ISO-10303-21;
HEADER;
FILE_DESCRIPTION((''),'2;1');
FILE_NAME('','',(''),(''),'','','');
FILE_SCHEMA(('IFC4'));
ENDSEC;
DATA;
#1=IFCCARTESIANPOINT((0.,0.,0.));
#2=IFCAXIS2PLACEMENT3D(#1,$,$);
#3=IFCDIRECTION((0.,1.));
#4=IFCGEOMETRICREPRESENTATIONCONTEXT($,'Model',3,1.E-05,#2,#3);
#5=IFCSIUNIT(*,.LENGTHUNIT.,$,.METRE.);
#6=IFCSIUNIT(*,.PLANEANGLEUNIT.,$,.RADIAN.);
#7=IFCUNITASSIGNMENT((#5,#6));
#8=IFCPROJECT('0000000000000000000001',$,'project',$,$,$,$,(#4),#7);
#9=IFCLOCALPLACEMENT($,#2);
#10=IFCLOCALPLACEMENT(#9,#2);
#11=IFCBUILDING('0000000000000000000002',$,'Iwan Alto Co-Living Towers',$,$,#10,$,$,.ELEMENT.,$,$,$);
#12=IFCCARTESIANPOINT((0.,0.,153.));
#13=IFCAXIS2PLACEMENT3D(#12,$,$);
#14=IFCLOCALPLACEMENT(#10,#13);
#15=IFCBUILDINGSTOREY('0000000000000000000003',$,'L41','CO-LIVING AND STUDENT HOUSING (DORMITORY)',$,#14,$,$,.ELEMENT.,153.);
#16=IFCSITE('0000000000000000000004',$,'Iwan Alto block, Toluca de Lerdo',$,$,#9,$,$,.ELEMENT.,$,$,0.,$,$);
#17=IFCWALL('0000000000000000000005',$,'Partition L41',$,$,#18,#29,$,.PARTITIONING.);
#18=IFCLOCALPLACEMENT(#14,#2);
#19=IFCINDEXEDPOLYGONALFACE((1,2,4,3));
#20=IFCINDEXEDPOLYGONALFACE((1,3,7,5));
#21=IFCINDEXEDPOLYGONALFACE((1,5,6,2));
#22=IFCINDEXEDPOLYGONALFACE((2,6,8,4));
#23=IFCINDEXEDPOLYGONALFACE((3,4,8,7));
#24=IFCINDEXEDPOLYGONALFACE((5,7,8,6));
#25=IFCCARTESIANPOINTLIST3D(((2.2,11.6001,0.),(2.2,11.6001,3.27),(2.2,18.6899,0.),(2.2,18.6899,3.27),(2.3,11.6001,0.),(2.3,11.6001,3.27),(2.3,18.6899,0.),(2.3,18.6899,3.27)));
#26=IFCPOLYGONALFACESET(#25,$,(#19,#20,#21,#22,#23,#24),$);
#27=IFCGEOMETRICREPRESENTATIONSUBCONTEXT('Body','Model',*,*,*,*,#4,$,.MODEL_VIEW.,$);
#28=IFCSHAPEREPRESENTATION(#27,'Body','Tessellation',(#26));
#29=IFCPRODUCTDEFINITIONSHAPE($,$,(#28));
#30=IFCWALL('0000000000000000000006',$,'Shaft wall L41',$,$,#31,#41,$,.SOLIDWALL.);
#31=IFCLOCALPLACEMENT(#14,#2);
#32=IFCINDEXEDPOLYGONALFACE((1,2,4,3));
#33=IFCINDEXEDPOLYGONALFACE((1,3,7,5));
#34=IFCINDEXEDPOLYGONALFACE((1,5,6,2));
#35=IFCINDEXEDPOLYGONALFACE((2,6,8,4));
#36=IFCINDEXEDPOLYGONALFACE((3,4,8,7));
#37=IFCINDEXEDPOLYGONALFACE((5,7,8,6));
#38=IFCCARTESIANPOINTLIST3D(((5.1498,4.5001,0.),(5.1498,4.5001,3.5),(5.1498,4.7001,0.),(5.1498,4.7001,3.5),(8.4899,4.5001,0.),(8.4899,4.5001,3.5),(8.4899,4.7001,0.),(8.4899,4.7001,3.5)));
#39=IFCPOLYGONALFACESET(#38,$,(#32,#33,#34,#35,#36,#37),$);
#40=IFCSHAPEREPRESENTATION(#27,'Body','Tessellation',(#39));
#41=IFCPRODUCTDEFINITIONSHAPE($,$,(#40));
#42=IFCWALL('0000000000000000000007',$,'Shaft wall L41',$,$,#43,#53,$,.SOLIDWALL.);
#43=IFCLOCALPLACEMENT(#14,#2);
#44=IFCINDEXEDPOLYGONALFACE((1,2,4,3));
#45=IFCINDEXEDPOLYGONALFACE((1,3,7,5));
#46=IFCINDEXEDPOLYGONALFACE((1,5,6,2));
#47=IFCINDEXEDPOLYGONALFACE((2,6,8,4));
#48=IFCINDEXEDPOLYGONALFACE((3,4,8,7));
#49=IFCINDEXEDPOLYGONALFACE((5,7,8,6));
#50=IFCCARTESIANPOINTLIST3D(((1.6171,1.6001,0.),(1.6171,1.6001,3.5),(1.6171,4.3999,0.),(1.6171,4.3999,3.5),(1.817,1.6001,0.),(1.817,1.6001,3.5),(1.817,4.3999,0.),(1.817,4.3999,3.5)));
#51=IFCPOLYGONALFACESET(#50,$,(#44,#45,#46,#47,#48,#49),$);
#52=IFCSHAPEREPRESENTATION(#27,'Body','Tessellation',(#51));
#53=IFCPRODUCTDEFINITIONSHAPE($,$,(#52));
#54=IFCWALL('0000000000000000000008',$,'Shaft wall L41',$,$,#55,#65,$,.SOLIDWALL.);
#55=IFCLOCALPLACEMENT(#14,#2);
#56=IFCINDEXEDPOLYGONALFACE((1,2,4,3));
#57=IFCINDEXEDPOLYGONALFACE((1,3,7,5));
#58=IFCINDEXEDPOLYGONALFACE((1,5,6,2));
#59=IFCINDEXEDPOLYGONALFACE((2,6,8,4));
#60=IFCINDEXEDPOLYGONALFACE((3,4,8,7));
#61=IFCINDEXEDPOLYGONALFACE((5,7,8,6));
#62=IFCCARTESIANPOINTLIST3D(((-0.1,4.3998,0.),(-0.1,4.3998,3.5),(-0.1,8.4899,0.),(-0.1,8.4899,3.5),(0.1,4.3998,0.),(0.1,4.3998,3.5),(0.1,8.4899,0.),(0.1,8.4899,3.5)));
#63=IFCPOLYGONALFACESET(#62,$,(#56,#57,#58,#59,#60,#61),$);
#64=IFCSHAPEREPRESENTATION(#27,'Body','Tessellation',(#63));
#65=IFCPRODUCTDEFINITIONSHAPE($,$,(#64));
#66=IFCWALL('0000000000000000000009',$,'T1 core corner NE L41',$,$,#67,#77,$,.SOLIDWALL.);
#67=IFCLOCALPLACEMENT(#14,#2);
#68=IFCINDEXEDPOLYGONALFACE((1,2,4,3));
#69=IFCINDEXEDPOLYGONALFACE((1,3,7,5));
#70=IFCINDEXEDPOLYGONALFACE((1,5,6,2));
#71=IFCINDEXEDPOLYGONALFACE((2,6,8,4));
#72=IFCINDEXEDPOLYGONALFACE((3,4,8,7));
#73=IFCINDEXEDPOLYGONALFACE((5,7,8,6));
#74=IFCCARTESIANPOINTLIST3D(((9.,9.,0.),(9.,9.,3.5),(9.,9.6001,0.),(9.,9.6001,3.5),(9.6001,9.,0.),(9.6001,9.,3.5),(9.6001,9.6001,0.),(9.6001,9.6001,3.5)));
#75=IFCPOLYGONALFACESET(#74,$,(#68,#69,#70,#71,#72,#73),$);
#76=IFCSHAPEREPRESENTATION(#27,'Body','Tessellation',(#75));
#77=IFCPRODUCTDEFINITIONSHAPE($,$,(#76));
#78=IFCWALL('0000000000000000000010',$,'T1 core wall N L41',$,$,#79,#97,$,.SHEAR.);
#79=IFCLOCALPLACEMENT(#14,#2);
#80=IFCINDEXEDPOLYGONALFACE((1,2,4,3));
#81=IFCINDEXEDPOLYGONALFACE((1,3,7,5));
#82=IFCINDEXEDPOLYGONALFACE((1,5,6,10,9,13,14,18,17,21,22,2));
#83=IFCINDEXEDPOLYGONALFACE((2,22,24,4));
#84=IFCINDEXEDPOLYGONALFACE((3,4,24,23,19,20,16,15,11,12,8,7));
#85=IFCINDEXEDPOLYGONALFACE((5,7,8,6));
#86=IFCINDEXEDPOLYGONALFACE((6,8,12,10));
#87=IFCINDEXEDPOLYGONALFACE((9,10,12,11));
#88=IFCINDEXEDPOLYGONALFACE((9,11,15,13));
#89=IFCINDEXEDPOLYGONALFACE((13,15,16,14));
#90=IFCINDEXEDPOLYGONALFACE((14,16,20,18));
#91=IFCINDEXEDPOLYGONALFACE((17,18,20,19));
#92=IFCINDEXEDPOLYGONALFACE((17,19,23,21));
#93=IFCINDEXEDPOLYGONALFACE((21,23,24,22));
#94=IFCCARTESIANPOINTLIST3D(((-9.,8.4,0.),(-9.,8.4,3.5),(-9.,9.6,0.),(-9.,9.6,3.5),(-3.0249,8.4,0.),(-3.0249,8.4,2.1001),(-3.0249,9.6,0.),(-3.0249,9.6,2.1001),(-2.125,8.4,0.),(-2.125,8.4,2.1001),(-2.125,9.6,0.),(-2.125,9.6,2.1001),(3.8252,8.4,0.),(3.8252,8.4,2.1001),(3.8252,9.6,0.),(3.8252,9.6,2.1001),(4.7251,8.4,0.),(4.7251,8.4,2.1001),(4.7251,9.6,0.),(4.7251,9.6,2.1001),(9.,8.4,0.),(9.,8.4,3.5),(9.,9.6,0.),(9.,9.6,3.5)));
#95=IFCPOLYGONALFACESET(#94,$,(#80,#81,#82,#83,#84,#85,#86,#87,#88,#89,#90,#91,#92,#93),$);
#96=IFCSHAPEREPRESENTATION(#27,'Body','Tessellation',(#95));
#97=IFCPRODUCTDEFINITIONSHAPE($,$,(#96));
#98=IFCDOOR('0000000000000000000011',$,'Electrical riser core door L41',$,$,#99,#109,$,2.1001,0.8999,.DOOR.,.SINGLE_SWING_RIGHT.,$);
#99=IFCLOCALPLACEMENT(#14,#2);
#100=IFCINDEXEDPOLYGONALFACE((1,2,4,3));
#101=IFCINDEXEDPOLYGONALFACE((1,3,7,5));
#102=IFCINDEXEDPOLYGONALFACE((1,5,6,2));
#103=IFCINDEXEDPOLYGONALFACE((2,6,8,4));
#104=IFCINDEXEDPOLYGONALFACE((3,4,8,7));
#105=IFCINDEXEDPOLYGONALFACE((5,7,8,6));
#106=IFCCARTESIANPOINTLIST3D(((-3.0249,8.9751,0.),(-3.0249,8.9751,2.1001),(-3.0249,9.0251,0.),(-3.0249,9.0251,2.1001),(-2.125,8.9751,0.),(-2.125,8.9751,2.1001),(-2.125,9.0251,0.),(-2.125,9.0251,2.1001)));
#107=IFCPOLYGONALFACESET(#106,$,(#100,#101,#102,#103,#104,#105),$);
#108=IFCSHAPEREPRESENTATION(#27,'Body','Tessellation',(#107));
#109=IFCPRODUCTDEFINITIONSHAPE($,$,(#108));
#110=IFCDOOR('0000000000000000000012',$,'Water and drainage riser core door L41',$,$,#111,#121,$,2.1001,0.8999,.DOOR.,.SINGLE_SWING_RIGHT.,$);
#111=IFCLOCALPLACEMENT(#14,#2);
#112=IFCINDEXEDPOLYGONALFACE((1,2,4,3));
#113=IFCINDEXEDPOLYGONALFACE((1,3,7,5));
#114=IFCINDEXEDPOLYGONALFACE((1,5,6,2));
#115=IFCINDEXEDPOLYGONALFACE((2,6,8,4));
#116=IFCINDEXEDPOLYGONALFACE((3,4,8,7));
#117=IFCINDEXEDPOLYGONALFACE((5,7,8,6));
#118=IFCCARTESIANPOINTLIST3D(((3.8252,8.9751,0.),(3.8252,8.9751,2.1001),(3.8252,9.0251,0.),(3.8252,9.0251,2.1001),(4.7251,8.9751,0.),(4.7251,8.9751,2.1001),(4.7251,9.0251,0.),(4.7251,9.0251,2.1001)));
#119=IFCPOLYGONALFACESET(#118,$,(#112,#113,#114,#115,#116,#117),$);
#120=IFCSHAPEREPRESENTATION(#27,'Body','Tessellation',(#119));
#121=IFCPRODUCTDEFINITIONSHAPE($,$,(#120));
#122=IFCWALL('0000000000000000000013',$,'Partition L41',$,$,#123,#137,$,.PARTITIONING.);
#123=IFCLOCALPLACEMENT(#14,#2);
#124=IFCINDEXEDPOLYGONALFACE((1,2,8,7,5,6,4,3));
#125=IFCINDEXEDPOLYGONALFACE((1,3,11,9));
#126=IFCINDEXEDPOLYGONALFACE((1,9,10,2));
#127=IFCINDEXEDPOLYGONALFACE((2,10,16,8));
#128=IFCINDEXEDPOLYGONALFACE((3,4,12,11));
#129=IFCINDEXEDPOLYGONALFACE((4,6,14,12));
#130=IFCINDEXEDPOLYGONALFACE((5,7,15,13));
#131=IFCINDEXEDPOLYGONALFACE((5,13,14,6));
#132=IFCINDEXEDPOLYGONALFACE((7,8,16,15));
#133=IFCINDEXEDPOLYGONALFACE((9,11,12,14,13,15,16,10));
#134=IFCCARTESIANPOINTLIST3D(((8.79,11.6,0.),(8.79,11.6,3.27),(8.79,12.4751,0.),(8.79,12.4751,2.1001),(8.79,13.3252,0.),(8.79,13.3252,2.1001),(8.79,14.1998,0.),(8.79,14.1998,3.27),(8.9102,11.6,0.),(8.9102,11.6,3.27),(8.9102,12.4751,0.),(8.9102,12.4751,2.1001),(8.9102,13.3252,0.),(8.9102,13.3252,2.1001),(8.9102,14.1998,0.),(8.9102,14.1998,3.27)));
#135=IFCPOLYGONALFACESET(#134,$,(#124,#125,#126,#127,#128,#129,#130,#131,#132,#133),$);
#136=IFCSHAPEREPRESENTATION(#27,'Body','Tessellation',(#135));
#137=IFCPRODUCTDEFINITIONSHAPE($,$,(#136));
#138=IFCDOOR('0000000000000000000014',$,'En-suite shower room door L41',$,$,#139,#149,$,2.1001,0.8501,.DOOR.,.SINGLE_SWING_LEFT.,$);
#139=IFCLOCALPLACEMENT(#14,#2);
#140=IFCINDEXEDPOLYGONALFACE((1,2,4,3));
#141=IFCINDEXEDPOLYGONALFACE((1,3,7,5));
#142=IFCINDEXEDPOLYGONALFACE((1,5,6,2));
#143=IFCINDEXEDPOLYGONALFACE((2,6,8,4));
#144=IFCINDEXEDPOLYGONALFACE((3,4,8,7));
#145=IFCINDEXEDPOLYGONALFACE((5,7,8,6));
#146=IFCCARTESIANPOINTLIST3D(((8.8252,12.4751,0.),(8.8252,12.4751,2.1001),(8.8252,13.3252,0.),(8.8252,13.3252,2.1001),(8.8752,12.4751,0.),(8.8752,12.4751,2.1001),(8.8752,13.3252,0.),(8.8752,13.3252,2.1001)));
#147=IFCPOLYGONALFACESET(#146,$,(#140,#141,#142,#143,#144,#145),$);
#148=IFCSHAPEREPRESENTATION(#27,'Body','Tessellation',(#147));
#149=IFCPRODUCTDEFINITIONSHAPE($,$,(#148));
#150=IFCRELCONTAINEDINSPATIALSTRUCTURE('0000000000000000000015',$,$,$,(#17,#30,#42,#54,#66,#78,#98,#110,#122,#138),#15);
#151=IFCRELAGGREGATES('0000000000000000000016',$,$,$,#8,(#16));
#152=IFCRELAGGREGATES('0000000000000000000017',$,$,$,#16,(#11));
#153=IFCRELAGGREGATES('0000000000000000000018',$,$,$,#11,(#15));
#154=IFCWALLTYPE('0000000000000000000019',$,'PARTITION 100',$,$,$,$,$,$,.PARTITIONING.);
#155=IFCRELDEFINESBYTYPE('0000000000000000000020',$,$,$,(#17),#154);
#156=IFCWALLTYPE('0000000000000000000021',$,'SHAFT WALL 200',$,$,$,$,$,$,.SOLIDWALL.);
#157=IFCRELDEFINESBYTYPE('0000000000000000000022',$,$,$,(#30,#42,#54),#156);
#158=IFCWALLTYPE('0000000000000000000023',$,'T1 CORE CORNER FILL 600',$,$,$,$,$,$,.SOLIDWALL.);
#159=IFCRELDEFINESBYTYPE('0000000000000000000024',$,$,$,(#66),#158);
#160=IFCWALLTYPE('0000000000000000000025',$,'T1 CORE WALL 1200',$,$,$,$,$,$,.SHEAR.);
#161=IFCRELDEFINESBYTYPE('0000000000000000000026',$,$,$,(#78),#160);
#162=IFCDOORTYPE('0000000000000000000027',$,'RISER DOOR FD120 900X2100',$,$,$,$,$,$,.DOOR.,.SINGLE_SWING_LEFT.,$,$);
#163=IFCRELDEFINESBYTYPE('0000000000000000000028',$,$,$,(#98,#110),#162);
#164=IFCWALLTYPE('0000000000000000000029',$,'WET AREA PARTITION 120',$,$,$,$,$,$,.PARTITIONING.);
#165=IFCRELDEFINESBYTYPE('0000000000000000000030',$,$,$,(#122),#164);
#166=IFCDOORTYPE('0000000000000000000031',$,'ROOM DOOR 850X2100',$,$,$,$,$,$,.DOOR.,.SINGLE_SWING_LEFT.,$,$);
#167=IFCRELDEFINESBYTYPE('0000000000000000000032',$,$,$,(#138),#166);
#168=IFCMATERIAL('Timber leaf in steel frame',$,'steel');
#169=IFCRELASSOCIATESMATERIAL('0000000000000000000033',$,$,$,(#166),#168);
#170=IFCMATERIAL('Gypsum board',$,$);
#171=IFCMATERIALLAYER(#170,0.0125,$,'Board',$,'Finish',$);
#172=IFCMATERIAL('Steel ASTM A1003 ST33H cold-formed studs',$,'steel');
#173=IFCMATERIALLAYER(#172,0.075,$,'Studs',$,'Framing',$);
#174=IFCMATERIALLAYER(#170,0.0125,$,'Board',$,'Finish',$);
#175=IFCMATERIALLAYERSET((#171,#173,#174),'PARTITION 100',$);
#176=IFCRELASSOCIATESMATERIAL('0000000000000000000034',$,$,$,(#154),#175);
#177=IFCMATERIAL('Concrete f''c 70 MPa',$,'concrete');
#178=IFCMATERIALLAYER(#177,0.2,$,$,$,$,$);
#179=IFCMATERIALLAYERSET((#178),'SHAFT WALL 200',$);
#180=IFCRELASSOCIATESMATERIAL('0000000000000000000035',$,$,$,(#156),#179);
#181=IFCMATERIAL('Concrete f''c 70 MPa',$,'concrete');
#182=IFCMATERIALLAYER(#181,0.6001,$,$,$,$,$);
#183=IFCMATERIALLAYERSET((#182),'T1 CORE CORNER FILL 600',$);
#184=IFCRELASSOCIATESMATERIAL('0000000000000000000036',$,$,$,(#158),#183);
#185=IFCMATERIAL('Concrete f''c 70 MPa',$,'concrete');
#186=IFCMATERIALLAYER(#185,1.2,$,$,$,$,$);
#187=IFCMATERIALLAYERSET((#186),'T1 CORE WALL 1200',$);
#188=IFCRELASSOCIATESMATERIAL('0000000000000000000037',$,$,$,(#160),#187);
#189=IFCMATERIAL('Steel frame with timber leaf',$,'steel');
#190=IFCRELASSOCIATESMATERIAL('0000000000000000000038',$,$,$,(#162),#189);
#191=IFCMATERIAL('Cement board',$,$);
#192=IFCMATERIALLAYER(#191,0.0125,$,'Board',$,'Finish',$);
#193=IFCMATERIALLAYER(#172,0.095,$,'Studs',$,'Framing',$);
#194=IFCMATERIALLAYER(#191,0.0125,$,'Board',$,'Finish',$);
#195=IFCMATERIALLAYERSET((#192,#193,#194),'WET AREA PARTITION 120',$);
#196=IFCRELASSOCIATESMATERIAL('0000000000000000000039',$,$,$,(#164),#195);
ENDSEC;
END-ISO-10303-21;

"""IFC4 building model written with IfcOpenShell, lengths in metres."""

from ifc_helpers import new_model, si_unit, direction, frame, frame_2d, origin, place, context, subcontext, project, spatial, rectangle, extrude, material, layer, layer_set, type_object, element, fill, save


model = new_model("IFC4")

# Units and contexts
model_context = context("Model", 3, precision=1e-05, world=origin(), true_north=direction((0.0, 1.0)))
body_context = subcontext(model_context, "Body", "Model", "MODEL_VIEW")
ifc_project = project(units=[si_unit("LENGTHUNIT", "METRE"), si_unit("PLANEANGLEUNIT", "RADIAN")], contexts=[model_context])

# Site, building, storey
site_placement = place(None, origin())
site = spatial("IfcSite", under=ifc_project, at=site_placement, Name="Iwan Alto block, Toluca de Lerdo", CompositionType="ELEMENT", RefElevation=0.0)
building_placement = place(site_placement, origin())
building = spatial("IfcBuilding", under=site, at=building_placement, Name="Iwan Alto Co-Living Towers", CompositionType="ELEMENT")
storey_placement = place(building_placement, frame((0.0, 0.0, 153.0)))
storey = spatial("IfcBuildingStorey", under=building, at=storey_placement, Name="L41", Description="CO-LIVING AND STUDENT HOUSING (DORMITORY)", CompositionType="ELEMENT", Elevation=153.0)

# Shared definitions
ifc_material_1 = material(Name="Gypsum board")
ifc_material_2 = material(Name="Steel ASTM A1003 ST33H cold-formed studs", Category="steel")
ifc_material_3 = material(Name="Timber leaf in steel frame", Category="steel")
door_type_1 = type_object("IfcDoorType", Name="ROOM DOOR 850X2100", OperationType="SINGLE_SWING_LEFT", PredefinedType="DOOR", material=ifc_material_3)

# Walls
ifc_layer_1 = layer(ifc_material_1, 0.0125, Name="Board", Category="Finish")
ifc_layer_2 = layer(ifc_material_2, 0.075, Name="Studs", Category="Framing")
ifc_layer_3 = layer(ifc_material_1, 0.0125, Name="Board", Category="Finish")
ifc_layer_set_1 = layer_set([ifc_layer_1, ifc_layer_2, ifc_layer_3], Name="PARTITION 100")
wall_type_1 = type_object("IfcWallType", Name="PARTITION 100", PredefinedType="PARTITIONING", material=ifc_layer_set_1)
for number, where, z_axis, x_axis, name in (
    (1, (2.25, 11.6001, 0.0), (0.0, 0.0, 1.0), (0.0, 1.0, 0.0), "Partition L41"),
):
    element("IfcWall", number, at=place(storey_placement, frame(where, z_axis=z_axis, x_axis=x_axis)), inside=storey, type_object=wall_type_1, Name=name, PredefinedType="PARTITIONING", context=body_context, shape_type="SweptSolid", body=[
        extrude(rectangle(XDim=7.0898, YDim=0.1001, at=frame_2d((3.5449, 0.0))), origin(), (0.0, 0.0, 1.0), 3.27),
    ])
ifc_material_4 = material(Name="Concrete f'c 70 MPa", Category="concrete")
ifc_layer_4 = layer(ifc_material_4, 0.2)
ifc_layer_set_2 = layer_set([ifc_layer_4], Name="SHAFT WALL 200")
wall_type_2 = type_object("IfcWallType", Name="SHAFT WALL 200", PredefinedType="SOLIDWALL", material=ifc_layer_set_2)
wall_1_placement = place(storey_placement, frame((5.1499, 4.6001, 0.0), z_axis=(0.0, 0.0, 1.0), x_axis=(1.0, 0.0, 0.0)))
element("IfcWall", 2, at=wall_1_placement, inside=storey, type_object=wall_type_2, Name="Shaft wall L41", PredefinedType="SOLIDWALL", context=body_context, shape_type="SweptSolid", body=[
    extrude(rectangle(XDim=3.3401, YDim=0.2, at=frame_2d((1.6699, 0.0))), origin(), (0.0, 0.0, 1.0), 3.5),
])
wall_2_placement = place(storey_placement, frame((1.717, 1.6001, 0.0), z_axis=(0.0, 0.0, 1.0), x_axis=(0.0, 1.0, 0.0)))
element("IfcWall", 3, at=wall_2_placement, inside=storey, type_object=wall_type_2, Name="Shaft wall L41", PredefinedType="SOLIDWALL", context=body_context, shape_type="SweptSolid", body=[
    extrude(rectangle(XDim=2.7998, YDim=0.2, at=frame_2d((1.3999, 0.0))), origin(), (0.0, 0.0, 1.0), 3.5),
])
wall_3_placement = place(storey_placement, frame((0.0, 4.3999, 0.0), z_axis=(0.0, 0.0, 1.0), x_axis=(0.0, 1.0, 0.0)))
element("IfcWall", 4, at=wall_3_placement, inside=storey, type_object=wall_type_2, Name="Shaft wall L41", PredefinedType="SOLIDWALL", context=body_context, shape_type="SweptSolid", body=[
    extrude(rectangle(XDim=4.0901, YDim=0.2, at=frame_2d((2.0449, 0.0))), origin(), (0.0, 0.0, 1.0), 3.5),
])
ifc_material_5 = material(Name="Concrete f'c 70 MPa", Category="concrete")
ifc_layer_5 = layer(ifc_material_5, 0.6001)
ifc_layer_set_3 = layer_set([ifc_layer_5], Name="T1 CORE CORNER FILL 600")
wall_type_3 = type_object("IfcWallType", Name="T1 CORE CORNER FILL 600", PredefinedType="SOLIDWALL", material=ifc_layer_set_3)
wall_4_placement = place(storey_placement, frame((9.0, 9.3, 0.0), z_axis=(0.0, 0.0, 1.0), x_axis=(1.0, 0.0, 0.0)))
element("IfcWall", 5, at=wall_4_placement, inside=storey, type_object=wall_type_3, Name="T1 core corner NE L41", PredefinedType="SOLIDWALL", context=body_context, shape_type="SweptSolid", body=[
    extrude(rectangle(XDim=0.6001, YDim=0.6001, at=frame_2d((0.3, 0.0))), origin(), (0.0, 0.0, 1.0), 3.5),
])

# Wall, openings, doors
ifc_material_6 = material(Name="Concrete f'c 70 MPa", Category="concrete")
ifc_layer_6 = layer(ifc_material_6, 1.2)
ifc_layer_set_4 = layer_set([ifc_layer_6], Name="T1 CORE WALL 1200")
wall_type_4 = type_object("IfcWallType", Name="T1 CORE WALL 1200", PredefinedType="SHEAR", material=ifc_layer_set_4)
wall_5_placement = place(storey_placement, frame((9.0, 9.0, 0.0), z_axis=(0.0, 0.0, 1.0), x_axis=(-1.0, 0.0, 0.0)))
wall_5 = element("IfcWall", 6, at=wall_5_placement, inside=storey, type_object=wall_type_4, Name="T1 core wall N L41", PredefinedType="SHEAR", context=body_context, shape_type="SweptSolid", body=[
    extrude(rectangle(XDim=18.0, YDim=1.2, at=frame_2d((9.0, 0.0))), origin(), (0.0, 0.0, 1.0), 3.5),
])
opening_1_placement = place(wall_5_placement, frame((11.125, 0.0, 0.0)))
opening_1 = element("IfcOpeningElement", 7, at=opening_1_placement, cuts=wall_5, PredefinedType="OPENING", context=body_context, shape_type="SweptSolid", body=[
    extrude(rectangle(XDim=0.8999, YDim=2.1001, at=frame_2d((0.45, 1.05))), frame((0.0, 0.6099, 0.0), z_axis=(0.0, -1.0, 0.0), x_axis=(1.0, 0.0, 0.0)), (0.0, 0.0, 1.0), 1.22),
])
opening_2_placement = place(wall_5_placement, frame((4.2749, 0.0, 0.0)))
opening_2 = element("IfcOpeningElement", 8, at=opening_2_placement, cuts=wall_5, PredefinedType="OPENING", context=body_context, shape_type="SweptSolid", body=[
    extrude(rectangle(XDim=0.8999, YDim=2.1001, at=frame_2d((0.45, 1.05))), frame((0.0, 0.6099, 0.0), z_axis=(0.0, -1.0, 0.0), x_axis=(1.0, 0.0, 0.0)), (0.0, 0.0, 1.0), 1.22),
])
ifc_material_7 = material(Name="Steel frame with timber leaf", Category="steel")
door_type_2 = type_object("IfcDoorType", Name="RISER DOOR FD120 900X2100", OperationType="SINGLE_SWING_LEFT", PredefinedType="DOOR", material=ifc_material_7)
door_1_placement = place(opening_1_placement, origin())
door_1 = element("IfcDoor", 9, at=door_1_placement, inside=storey, type_object=door_type_2, Name="Electrical riser core door L41", OperationType="SINGLE_SWING_RIGHT", OverallHeight=2.1001, OverallWidth=0.8999, PredefinedType="DOOR", context=body_context, shape_type="SweptSolid", body=[
    extrude(rectangle(XDim=0.8999, YDim=2.1001, at=frame_2d((0.45, 1.05))), frame((0.0, 0.0249, 0.0), z_axis=(0.0, -1.0, 0.0), x_axis=(1.0, 0.0, 0.0)), (0.0, 0.0, 1.0), 0.05),
])
fill(opening_1, door_1)
door_2_placement = place(opening_2_placement, origin())
door_2 = element("IfcDoor", 10, at=door_2_placement, inside=storey, type_object=door_type_2, Name="Water and drainage riser core door L41", OperationType="SINGLE_SWING_RIGHT", OverallHeight=2.1001, OverallWidth=0.8999, PredefinedType="DOOR", context=body_context, shape_type="SweptSolid", body=[
    extrude(rectangle(XDim=0.8999, YDim=2.1001, at=frame_2d((0.45, 1.05))), frame((0.0, 0.0249, 0.0), z_axis=(0.0, -1.0, 0.0), x_axis=(1.0, 0.0, 0.0)), (0.0, 0.0, 1.0), 0.05),
])
fill(opening_2, door_2)

# Wall, opening, door
ifc_material_8 = material(Name="Cement board")
ifc_layer_7 = layer(ifc_material_8, 0.0125, Name="Board", Category="Finish")
ifc_layer_8 = layer(ifc_material_2, 0.095, Name="Studs", Category="Framing")
ifc_layer_9 = layer(ifc_material_8, 0.0125, Name="Board", Category="Finish")
ifc_layer_set_5 = layer_set([ifc_layer_7, ifc_layer_8, ifc_layer_9], Name="WET AREA PARTITION 120")
wall_type_5 = type_object("IfcWallType", Name="WET AREA PARTITION 120", PredefinedType="PARTITIONING", material=ifc_layer_set_5)
wall_6_placement = place(storey_placement, frame((8.8501, 11.6001, 0.0), z_axis=(0.0, 0.0, 1.0), x_axis=(0.0, 1.0, 0.0)))
wall_6 = element("IfcWall", 11, at=wall_6_placement, inside=storey, type_object=wall_type_5, Name="Partition L41", PredefinedType="PARTITIONING", context=body_context, shape_type="SweptSolid", body=[
    extrude(rectangle(XDim=2.5999, YDim=0.1201, at=frame_2d((1.2998, 0.0))), origin(), (0.0, 0.0, 1.0), 3.27),
])
opening_3_placement = place(wall_6_placement, frame((0.875, 0.0, 0.0)))
opening_3 = element("IfcOpeningElement", 12, at=opening_3_placement, cuts=wall_6, PredefinedType="OPENING", context=body_context, shape_type="SweptSolid", body=[
    extrude(rectangle(XDim=0.8501, YDim=2.1001, at=frame_2d((0.425, 1.05))), frame((0.0, 0.0701, 0.0), z_axis=(0.0, -1.0, 0.0), x_axis=(1.0, 0.0, 0.0)), (0.0, 0.0, 1.0), 0.1401),
])
door_3_placement = place(opening_3_placement, origin())
door_3 = element("IfcDoor", 13, at=door_3_placement, inside=storey, type_object=door_type_1, Name="En-suite shower room door L41", OperationType="SINGLE_SWING_LEFT", OverallHeight=2.1001, OverallWidth=0.8501, PredefinedType="DOOR", context=body_context, shape_type="SweptSolid", body=[
    extrude(rectangle(XDim=0.8501, YDim=2.1001, at=frame_2d((0.425, 1.05))), frame((0.0, 0.0249, 0.0), z_axis=(0.0, -1.0, 0.0), x_axis=(1.0, 0.0, 0.0)), (0.0, 0.0, 1.0), 0.05),
])
fill(opening_3, door_3)

save(model, "model.ifc")
